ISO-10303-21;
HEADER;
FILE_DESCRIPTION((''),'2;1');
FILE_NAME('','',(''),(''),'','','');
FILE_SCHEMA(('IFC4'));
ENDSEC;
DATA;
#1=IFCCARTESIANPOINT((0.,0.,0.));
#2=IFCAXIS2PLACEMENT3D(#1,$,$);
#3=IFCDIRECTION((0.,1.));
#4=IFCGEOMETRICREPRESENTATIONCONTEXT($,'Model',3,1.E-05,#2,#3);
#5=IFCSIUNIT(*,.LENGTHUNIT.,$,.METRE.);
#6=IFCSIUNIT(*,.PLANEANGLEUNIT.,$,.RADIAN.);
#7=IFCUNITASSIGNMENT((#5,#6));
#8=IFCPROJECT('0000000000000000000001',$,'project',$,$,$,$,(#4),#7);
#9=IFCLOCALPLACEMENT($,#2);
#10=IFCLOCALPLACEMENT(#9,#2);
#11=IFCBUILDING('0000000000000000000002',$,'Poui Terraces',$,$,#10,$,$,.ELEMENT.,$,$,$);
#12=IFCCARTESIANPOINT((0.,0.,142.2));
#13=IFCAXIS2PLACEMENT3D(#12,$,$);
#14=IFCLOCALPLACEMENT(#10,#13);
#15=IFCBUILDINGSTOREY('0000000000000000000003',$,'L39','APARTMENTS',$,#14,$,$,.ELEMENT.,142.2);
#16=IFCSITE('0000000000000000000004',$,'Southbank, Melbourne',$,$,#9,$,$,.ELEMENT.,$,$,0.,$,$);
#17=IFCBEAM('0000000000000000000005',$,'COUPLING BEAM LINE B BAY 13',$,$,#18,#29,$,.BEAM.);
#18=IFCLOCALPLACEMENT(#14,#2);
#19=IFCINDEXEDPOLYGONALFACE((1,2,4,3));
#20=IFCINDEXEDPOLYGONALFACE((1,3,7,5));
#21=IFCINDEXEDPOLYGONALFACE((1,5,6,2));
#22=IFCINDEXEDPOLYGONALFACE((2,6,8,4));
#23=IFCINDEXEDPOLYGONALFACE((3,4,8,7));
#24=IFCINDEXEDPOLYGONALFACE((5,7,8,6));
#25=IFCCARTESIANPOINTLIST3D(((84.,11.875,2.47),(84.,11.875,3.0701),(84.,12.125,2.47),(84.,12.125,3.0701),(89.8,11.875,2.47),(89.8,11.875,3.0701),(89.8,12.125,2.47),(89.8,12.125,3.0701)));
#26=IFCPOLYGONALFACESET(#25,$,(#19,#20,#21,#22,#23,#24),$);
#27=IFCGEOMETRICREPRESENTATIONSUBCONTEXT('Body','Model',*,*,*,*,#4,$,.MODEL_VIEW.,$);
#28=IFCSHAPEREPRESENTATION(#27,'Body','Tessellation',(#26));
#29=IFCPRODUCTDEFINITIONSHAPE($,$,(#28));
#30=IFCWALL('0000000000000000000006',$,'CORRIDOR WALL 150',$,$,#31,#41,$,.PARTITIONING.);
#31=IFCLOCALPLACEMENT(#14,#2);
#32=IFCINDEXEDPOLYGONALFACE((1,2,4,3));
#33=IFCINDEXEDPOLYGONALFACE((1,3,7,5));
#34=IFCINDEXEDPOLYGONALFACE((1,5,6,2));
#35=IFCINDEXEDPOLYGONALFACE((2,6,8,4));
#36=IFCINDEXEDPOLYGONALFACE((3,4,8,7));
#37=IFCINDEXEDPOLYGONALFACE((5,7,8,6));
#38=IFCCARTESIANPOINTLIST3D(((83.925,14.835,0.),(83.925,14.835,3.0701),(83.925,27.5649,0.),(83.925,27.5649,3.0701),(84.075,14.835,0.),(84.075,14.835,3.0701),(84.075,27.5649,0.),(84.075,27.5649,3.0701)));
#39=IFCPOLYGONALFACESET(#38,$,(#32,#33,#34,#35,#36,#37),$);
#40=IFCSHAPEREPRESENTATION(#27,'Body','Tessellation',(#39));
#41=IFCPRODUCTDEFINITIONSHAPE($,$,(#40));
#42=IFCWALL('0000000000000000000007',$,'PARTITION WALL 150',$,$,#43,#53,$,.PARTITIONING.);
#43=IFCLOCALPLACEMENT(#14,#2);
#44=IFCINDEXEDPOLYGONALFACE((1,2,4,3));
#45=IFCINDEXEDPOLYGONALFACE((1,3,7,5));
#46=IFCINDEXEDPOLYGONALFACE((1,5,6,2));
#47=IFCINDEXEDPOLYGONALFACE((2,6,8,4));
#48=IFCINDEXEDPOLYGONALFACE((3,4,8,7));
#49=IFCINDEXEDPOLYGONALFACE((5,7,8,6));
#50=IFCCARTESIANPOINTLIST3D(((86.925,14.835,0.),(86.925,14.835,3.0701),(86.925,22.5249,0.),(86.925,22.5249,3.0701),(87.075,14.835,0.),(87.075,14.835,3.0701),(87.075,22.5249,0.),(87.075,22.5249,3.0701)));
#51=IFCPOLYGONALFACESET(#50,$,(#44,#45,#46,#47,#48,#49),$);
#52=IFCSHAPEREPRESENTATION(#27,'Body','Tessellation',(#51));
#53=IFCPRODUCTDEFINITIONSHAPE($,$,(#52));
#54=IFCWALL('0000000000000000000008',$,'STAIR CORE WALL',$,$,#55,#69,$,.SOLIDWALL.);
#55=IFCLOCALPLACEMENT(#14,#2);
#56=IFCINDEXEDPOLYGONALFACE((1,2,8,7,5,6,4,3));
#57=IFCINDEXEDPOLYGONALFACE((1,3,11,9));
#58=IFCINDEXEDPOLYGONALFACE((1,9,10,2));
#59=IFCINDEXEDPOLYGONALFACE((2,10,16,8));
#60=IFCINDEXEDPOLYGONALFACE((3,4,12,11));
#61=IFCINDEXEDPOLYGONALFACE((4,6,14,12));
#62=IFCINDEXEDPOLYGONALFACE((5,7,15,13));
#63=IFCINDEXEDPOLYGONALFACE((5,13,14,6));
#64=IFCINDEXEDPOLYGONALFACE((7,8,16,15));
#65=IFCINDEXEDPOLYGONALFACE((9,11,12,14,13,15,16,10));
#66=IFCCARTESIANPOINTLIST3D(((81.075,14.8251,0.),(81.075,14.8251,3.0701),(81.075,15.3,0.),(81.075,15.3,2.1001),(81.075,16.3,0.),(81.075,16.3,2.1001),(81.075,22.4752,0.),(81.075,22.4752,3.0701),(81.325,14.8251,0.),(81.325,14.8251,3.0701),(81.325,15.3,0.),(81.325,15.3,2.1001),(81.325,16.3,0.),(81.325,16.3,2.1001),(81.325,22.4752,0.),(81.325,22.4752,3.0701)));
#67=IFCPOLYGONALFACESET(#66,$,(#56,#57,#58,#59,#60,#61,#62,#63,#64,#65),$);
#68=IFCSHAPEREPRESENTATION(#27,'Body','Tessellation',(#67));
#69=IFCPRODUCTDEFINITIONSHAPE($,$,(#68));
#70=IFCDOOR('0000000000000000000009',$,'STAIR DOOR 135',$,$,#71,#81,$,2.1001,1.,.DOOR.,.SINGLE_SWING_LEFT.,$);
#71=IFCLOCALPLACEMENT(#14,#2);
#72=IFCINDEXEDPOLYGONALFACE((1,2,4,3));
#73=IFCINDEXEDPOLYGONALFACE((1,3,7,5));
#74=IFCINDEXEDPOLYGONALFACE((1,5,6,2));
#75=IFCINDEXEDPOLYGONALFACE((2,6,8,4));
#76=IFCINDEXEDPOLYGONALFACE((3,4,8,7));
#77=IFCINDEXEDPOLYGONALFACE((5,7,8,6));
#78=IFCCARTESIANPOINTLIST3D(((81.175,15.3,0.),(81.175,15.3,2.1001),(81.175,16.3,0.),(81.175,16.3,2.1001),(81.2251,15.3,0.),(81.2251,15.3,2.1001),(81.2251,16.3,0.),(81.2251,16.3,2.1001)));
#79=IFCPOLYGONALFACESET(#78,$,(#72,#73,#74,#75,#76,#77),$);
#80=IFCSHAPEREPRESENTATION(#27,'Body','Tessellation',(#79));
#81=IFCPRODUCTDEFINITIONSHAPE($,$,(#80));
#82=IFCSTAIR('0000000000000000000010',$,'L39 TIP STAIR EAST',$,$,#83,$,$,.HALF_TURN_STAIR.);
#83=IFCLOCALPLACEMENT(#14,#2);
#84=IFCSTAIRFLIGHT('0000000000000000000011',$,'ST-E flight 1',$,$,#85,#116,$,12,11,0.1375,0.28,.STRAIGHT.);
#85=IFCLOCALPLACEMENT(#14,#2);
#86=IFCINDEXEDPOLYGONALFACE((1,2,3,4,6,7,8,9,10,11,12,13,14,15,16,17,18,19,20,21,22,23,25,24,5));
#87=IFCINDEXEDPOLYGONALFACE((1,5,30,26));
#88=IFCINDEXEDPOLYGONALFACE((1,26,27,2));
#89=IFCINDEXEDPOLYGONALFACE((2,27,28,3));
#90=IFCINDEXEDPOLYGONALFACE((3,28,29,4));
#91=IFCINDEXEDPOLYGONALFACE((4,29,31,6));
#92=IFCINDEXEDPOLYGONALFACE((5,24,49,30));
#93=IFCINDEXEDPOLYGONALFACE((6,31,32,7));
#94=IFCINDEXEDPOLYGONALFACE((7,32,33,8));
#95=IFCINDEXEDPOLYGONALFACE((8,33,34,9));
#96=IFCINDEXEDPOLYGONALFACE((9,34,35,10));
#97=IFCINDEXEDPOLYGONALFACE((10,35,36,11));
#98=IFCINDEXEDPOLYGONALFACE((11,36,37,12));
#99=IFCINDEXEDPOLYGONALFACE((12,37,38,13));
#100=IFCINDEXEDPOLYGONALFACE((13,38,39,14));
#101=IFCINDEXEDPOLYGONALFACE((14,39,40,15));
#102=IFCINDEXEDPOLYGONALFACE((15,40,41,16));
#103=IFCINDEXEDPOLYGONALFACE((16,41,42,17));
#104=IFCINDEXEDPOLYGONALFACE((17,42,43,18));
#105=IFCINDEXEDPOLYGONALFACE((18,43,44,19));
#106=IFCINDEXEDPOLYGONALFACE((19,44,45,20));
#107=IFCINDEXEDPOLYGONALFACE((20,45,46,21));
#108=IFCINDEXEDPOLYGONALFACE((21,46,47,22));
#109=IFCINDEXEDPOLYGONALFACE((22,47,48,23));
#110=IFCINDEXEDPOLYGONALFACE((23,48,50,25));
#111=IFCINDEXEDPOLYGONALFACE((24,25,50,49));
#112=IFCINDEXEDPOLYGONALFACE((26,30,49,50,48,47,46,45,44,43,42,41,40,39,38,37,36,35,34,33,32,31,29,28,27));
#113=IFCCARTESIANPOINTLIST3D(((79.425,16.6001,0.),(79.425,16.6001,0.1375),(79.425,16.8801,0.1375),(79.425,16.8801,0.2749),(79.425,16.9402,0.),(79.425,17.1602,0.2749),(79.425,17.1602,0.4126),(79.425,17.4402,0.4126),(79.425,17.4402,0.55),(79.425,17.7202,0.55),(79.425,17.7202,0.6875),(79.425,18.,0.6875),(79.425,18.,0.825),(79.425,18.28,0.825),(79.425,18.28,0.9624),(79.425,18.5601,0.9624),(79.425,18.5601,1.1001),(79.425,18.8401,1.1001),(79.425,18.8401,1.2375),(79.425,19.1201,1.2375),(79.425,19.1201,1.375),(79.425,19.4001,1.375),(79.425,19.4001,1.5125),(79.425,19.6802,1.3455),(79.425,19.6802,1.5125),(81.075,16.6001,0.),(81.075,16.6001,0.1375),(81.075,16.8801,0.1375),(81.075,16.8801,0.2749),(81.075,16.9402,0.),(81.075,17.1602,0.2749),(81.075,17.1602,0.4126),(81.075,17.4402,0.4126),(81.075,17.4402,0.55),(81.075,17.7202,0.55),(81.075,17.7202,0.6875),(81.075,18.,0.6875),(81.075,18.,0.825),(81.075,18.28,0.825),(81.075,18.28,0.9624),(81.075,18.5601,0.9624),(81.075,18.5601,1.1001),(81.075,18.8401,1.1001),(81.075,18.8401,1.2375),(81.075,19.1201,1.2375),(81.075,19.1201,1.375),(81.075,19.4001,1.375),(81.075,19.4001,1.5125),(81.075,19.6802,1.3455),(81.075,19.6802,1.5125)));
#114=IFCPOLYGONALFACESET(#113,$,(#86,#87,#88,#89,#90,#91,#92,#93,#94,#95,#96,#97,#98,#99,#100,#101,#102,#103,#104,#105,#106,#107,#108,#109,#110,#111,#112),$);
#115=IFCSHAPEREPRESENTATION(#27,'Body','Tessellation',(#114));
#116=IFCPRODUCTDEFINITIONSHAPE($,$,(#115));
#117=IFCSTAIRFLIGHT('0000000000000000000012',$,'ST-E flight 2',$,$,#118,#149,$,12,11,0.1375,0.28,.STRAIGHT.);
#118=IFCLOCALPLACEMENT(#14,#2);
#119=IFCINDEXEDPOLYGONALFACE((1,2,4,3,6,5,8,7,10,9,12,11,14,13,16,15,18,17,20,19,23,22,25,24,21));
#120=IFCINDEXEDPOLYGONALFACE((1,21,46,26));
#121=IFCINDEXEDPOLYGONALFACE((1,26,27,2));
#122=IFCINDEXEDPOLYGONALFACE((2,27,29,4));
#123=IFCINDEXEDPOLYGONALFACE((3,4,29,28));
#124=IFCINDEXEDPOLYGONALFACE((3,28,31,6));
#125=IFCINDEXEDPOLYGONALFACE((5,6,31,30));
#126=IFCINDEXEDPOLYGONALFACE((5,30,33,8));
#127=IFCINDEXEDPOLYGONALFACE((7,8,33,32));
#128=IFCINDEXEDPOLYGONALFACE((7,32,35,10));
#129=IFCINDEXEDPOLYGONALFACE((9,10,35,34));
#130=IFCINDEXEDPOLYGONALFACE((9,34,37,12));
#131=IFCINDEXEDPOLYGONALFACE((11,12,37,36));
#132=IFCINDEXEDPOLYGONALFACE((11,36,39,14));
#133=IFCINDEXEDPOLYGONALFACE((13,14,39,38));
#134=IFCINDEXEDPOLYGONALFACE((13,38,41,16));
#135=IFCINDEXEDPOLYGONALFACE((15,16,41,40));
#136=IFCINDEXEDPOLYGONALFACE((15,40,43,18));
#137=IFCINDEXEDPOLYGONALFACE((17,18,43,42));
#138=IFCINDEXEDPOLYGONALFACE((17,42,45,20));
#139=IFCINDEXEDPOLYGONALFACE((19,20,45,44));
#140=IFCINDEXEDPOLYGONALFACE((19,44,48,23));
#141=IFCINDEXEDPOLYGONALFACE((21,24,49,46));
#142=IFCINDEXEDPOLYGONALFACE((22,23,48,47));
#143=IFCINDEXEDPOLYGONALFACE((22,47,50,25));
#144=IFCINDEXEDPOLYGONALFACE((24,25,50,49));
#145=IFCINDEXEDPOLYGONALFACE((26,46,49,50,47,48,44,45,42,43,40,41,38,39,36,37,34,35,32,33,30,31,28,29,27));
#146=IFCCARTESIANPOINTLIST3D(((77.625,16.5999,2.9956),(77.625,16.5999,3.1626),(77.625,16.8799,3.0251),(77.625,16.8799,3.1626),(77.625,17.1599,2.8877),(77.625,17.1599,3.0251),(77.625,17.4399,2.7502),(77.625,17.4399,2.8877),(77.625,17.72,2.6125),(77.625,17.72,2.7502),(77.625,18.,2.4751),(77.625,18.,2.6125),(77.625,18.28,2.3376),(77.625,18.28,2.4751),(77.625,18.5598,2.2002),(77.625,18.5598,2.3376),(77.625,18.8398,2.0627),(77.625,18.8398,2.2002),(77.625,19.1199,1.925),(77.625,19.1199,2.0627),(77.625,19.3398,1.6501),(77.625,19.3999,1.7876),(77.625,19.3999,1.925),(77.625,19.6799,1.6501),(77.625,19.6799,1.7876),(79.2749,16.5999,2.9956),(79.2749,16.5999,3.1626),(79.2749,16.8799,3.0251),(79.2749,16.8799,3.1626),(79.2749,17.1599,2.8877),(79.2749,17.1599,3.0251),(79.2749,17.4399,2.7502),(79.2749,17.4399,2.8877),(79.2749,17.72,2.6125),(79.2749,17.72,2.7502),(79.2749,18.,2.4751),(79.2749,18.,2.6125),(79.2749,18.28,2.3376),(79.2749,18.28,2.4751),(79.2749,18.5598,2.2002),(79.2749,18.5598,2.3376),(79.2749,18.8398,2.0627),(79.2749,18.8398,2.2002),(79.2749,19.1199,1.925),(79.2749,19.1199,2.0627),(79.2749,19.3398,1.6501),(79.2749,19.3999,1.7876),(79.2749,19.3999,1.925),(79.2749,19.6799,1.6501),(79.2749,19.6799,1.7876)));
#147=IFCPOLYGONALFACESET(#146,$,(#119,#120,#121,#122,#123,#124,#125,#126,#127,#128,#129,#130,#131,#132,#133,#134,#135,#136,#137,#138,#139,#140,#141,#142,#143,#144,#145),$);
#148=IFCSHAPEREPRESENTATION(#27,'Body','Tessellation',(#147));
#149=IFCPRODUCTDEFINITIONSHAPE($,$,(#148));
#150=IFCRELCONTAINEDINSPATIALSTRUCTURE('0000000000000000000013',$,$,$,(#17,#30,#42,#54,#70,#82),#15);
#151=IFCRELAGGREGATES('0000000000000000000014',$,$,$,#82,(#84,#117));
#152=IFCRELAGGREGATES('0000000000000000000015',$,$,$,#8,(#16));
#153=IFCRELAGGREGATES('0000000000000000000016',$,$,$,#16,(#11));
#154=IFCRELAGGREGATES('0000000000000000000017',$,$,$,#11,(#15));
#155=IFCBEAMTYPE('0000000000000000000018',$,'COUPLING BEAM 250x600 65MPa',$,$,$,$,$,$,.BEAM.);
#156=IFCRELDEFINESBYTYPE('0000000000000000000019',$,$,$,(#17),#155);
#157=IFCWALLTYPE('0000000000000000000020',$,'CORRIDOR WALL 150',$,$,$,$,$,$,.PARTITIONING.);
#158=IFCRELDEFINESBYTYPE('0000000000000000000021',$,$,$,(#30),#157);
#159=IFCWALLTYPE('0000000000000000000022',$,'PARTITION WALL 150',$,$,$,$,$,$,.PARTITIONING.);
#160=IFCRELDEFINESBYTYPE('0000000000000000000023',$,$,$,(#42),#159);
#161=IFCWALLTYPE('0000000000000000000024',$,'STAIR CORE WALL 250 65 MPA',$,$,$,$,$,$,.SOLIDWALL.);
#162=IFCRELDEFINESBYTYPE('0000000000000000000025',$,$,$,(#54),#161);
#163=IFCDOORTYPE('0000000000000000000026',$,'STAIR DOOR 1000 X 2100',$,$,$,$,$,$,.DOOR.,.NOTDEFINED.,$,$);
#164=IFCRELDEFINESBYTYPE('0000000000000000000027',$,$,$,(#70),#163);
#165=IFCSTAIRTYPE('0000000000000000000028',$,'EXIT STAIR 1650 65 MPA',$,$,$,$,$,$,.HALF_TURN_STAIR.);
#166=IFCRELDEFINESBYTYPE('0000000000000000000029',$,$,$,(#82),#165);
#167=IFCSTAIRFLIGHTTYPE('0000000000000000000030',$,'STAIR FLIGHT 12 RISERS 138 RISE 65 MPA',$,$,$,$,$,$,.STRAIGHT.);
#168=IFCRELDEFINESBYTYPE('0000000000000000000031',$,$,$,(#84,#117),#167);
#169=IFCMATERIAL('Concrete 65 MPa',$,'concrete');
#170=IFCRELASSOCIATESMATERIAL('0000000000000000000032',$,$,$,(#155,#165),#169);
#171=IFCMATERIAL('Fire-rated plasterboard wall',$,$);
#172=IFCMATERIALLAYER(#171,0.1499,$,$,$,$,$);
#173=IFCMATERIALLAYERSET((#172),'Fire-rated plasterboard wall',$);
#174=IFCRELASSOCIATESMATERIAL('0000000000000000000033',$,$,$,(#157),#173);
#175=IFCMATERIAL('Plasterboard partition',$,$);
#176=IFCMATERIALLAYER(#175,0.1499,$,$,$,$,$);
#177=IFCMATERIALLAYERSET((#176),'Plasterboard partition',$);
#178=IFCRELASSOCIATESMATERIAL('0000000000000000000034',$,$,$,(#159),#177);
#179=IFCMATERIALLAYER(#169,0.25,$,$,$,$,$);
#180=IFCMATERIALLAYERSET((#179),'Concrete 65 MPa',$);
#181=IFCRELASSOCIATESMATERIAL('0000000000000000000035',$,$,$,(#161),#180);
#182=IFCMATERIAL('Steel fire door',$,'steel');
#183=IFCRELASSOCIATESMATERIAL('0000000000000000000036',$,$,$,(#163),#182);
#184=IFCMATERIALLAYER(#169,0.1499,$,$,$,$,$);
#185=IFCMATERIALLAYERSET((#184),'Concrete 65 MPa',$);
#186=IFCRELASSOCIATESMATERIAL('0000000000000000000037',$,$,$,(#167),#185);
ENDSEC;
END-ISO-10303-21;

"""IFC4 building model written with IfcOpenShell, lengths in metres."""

from ifc_helpers import new_model, si_unit, direction, frame, frame_2d, origin, origin_2d, place, context, subcontext, project, spatial, polyline, rectangle, outline, extrude, source, transform, mapped, material, layer, layer_set, material_profile, profile_set, type_object, element, fill, aggregate, save


model = new_model("IFC4")

# Units and contexts
model_context = context("Model", 3, precision=1e-05, world=origin(), true_north=direction((0.0, 1.0)))
body_context = subcontext(model_context, "Body", "Model", "MODEL_VIEW")
ifc_project = project(units=[si_unit("LENGTHUNIT", "METRE"), si_unit("PLANEANGLEUNIT", "RADIAN")], contexts=[model_context])

# Site, building, storey
site_placement = place(None, origin())
site = spatial("IfcSite", under=ifc_project, at=site_placement, Name="Southbank, Melbourne", CompositionType="ELEMENT", RefElevation=0.0)
building_placement = place(site_placement, origin())
building = spatial("IfcBuilding", under=site, at=building_placement, Name="Poui Terraces", CompositionType="ELEMENT")
storey_placement = place(building_placement, frame((0.0, 0.0, 142.2)))
storey = spatial("IfcBuildingStorey", under=building, at=storey_placement, Name="L39", Description="APARTMENTS", CompositionType="ELEMENT", Elevation=142.2)

# Beam
ifc_material_1 = material(Name="Concrete 65 MPa", Category="concrete")
ifc_material_profile = material_profile(ifc_material_1, rectangle(XDim=0.25, YDim=0.6001, at=origin_2d()), Name="RC 250x600")
ifc_profile_set = profile_set([ifc_material_profile], Name="Concrete 65 MPa")
beam_type = type_object("IfcBeamType", Name="COUPLING BEAM 250x600 65MPa", PredefinedType="BEAM", material=ifc_profile_set)
shared_shape = source(origin(), body_context, "Body", "SweptSolid", [
    extrude(rectangle(XDim=0.25, YDim=0.6001, at=origin_2d()), origin(), (0.0, 0.0, 1.0), 5.8),
])
beam_placement = place(storey_placement, frame((84.0, 12.0, 2.77), z_axis=(1.0, 0.0, 0.0), x_axis=(0.0, 1.0, 0.0)))
element("IfcBeam", 1, at=beam_placement, inside=storey, type_object=beam_type, Name="COUPLING BEAM LINE B BAY 13", PredefinedType="BEAM", context=body_context, shape_type="MappedRepresentation", body=[
    mapped(shared_shape, transform((0.0, 0.0, 0.0))),
])

# Walls
ifc_material_2 = material(Name="Fire-rated plasterboard wall")
ifc_layer_1 = layer(ifc_material_2, 0.1499)
ifc_layer_set_1 = layer_set([ifc_layer_1], Name="Fire-rated plasterboard wall")
wall_type_1 = type_object("IfcWallType", Name="CORRIDOR WALL 150", PredefinedType="PARTITIONING", material=ifc_layer_set_1)
wall_1_placement = place(storey_placement, frame((84.0, 14.835, 0.0), z_axis=(0.0, 0.0, 1.0), x_axis=(0.0, 1.0, 0.0)))
element("IfcWall", 2, at=wall_1_placement, inside=storey, type_object=wall_type_1, Name="CORRIDOR WALL 150", PredefinedType="PARTITIONING", context=body_context, shape_type="SweptSolid", body=[
    extrude(rectangle(XDim=12.73, YDim=0.1499, at=frame_2d((6.365, 0.0))), origin(), (0.0, 0.0, 1.0), 3.0701),
])
ifc_material_3 = material(Name="Plasterboard partition")
ifc_layer_2 = layer(ifc_material_3, 0.1499)
ifc_layer_set_2 = layer_set([ifc_layer_2], Name="Plasterboard partition")
wall_type_2 = type_object("IfcWallType", Name="PARTITION WALL 150", PredefinedType="PARTITIONING", material=ifc_layer_set_2)
wall_2_placement = place(storey_placement, frame((87.0, 14.835, 0.0), z_axis=(0.0, 0.0, 1.0), x_axis=(0.0, 1.0, 0.0)))
element("IfcWall", 3, at=wall_2_placement, inside=storey, type_object=wall_type_2, Name="PARTITION WALL 150", PredefinedType="PARTITIONING", context=body_context, shape_type="SweptSolid", body=[
    extrude(rectangle(XDim=7.6899, YDim=0.1499, at=frame_2d((3.845, 0.0))), origin(), (0.0, 0.0, 1.0), 3.0701),
])

# Wall, opening, door
ifc_layer_3 = layer(ifc_material_1, 0.25)
ifc_layer_set_3 = layer_set([ifc_layer_3], Name="Concrete 65 MPa")
wall_type_3 = type_object("IfcWallType", Name="STAIR CORE WALL 250 65 MPA", PredefinedType="SOLIDWALL", material=ifc_layer_set_3)
wall_3_placement = place(storey_placement, frame((81.2, 14.825, 0.0), z_axis=(0.0, 0.0, 1.0), x_axis=(0.0, 1.0, 0.0)))
wall_3 = element("IfcWall", 4, at=wall_3_placement, inside=storey, type_object=wall_type_3, Name="STAIR CORE WALL", PredefinedType="SOLIDWALL", context=body_context, shape_type="SweptSolid", body=[
    extrude(rectangle(XDim=7.6501, YDim=0.25, at=frame_2d((3.8252, 0.0))), origin(), (0.0, 0.0, 1.0), 3.0701),
])
opening_placement = place(wall_3_placement, frame((0.4751, 0.0, 0.0)))
opening = element("IfcOpeningElement", 5, at=opening_placement, cuts=wall_3, PredefinedType="OPENING", context=body_context, shape_type="SweptSolid", body=[
    extrude(rectangle(XDim=1.0, YDim=2.1001, at=frame_2d((0.5, 1.05))), frame((0.0, 0.135, 0.0), z_axis=(0.0, -1.0, 0.0), x_axis=(1.0, 0.0, 0.0)), (0.0, 0.0, 1.0), 0.27),
])
ifc_material_4 = material(Name="Steel fire door", Category="steel")
door_type = type_object("IfcDoorType", Name="STAIR DOOR 1000 X 2100", OperationType="NOTDEFINED", PredefinedType="DOOR", material=ifc_material_4)
door_placement = place(opening_placement, origin())
door = element("IfcDoor", 6, at=door_placement, inside=storey, type_object=door_type, Name="STAIR DOOR 135", OperationType="SINGLE_SWING_LEFT", OverallHeight=2.1001, OverallWidth=1.0, PredefinedType="DOOR", context=body_context, shape_type="SweptSolid", body=[
    extrude(rectangle(XDim=1.0, YDim=2.1001, at=frame_2d((0.5, 1.05))), frame((0.0, 0.0249, 0.0), z_axis=(0.0, -1.0, 0.0), x_axis=(1.0, 0.0, 0.0)), (0.0, 0.0, 1.0), 0.05),
])
fill(opening, door)

# Stair, stair flights
stair_type = type_object("IfcStairType", Name="EXIT STAIR 1650 65 MPA", PredefinedType="HALF_TURN_STAIR", material=ifc_material_1)
stair_placement = place(storey_placement, origin())
stair = element("IfcStair", 7, at=stair_placement, inside=storey, type_object=stair_type, Name="L39 TIP STAIR EAST", PredefinedType="HALF_TURN_STAIR")
ifc_layer_4 = layer(ifc_material_1, 0.1499)
ifc_layer_set_4 = layer_set([ifc_layer_4], Name="Concrete 65 MPa")
stair_flight_type = type_object("IfcStairFlightType", Name="STAIR FLIGHT 12 RISERS 138 RISE 65 MPA", PredefinedType="STRAIGHT", material=ifc_layer_set_4)
stair_flight_1_placement = place(storey_placement, frame((80.25, 16.6001, 0.0), z_axis=(0.0, 0.0, 1.0), x_axis=(0.0, 1.0, 0.0)))
stair_flight_1 = element("IfcStairFlight", 8, at=stair_flight_1_placement, type_object=stair_flight_type, Name="ST-E flight 1", NumberOfRisers=12, NumberOfTreads=11, PredefinedType="STRAIGHT", RiserHeight=0.1375, TreadLength=0.28, context=body_context, shape_type="SweptSolid", body=[
    extrude(outline(polyline([(0.0, 0.0), (0.0, 0.1375), (0.28, 0.1375), (0.28, 0.2749), (0.5601, 0.2749), (0.5601, 0.4126), (0.8401, 0.4126), (0.8401, 0.55), (1.1201, 0.55), (1.1201, 0.6875), (1.3999, 0.6875), (1.3999, 0.825), (1.6799, 0.825), (1.6799, 0.9624), (1.96, 0.9624), (1.96, 1.1001), (2.24, 1.1001), (2.24, 1.2375), (2.52, 1.2375), (2.52, 1.375), (2.8, 1.375), (2.8, 1.5125), (3.0801, 1.5125), (3.0801, 1.6499), (3.0801, 1.3455), (0.3401, 0.0), (0.0, 0.0)])), frame((0.0, 0.825, 0.0), z_axis=(0.0, -1.0, 0.0), x_axis=(1.0, 0.0, 0.0)), (0.0, 0.0, 1.0), 1.6499),
])
stair_flight_2_placement = place(storey_placement, frame((78.45, 19.6799, 1.6501), z_axis=(0.0, 0.0, 1.0), x_axis=(0.0, -1.0, 0.0)))
stair_flight_2 = element("IfcStairFlight", 9, at=stair_flight_2_placement, type_object=stair_flight_type, Name="ST-E flight 2", NumberOfRisers=12, NumberOfTreads=11, PredefinedType="STRAIGHT", RiserHeight=0.1375, TreadLength=0.28, context=body_context, shape_type="SweptSolid", body=[
    extrude(outline(polyline([(0.0, 0.0), (0.0, 0.1375), (0.28, 0.1375), (0.28, 0.2749), (0.5601, 0.2749), (0.5601, 0.4126), (0.8401, 0.4126), (0.8401, 0.55), (1.1201, 0.55), (1.1201, 0.6875), (1.3999, 0.6875), (1.3999, 0.825), (1.6799, 0.825), (1.6799, 0.9624), (1.96, 0.9624), (1.96, 1.1001), (2.24, 1.1001), (2.24, 1.2375), (2.52, 1.2375), (2.52, 1.375), (2.8, 1.375), (2.8, 1.5125), (3.0801, 1.5125), (3.0801, 1.6499), (3.0801, 1.3455), (0.3401, 0.0), (0.0, 0.0)])), frame((0.0, 0.825, 0.0), z_axis=(0.0, -1.0, 0.0), x_axis=(1.0, 0.0, 0.0)), (0.0, 0.0, 1.0), 1.6499),
])
aggregate(stair, [stair_flight_1, stair_flight_2])

save(model, "model.ifc")
